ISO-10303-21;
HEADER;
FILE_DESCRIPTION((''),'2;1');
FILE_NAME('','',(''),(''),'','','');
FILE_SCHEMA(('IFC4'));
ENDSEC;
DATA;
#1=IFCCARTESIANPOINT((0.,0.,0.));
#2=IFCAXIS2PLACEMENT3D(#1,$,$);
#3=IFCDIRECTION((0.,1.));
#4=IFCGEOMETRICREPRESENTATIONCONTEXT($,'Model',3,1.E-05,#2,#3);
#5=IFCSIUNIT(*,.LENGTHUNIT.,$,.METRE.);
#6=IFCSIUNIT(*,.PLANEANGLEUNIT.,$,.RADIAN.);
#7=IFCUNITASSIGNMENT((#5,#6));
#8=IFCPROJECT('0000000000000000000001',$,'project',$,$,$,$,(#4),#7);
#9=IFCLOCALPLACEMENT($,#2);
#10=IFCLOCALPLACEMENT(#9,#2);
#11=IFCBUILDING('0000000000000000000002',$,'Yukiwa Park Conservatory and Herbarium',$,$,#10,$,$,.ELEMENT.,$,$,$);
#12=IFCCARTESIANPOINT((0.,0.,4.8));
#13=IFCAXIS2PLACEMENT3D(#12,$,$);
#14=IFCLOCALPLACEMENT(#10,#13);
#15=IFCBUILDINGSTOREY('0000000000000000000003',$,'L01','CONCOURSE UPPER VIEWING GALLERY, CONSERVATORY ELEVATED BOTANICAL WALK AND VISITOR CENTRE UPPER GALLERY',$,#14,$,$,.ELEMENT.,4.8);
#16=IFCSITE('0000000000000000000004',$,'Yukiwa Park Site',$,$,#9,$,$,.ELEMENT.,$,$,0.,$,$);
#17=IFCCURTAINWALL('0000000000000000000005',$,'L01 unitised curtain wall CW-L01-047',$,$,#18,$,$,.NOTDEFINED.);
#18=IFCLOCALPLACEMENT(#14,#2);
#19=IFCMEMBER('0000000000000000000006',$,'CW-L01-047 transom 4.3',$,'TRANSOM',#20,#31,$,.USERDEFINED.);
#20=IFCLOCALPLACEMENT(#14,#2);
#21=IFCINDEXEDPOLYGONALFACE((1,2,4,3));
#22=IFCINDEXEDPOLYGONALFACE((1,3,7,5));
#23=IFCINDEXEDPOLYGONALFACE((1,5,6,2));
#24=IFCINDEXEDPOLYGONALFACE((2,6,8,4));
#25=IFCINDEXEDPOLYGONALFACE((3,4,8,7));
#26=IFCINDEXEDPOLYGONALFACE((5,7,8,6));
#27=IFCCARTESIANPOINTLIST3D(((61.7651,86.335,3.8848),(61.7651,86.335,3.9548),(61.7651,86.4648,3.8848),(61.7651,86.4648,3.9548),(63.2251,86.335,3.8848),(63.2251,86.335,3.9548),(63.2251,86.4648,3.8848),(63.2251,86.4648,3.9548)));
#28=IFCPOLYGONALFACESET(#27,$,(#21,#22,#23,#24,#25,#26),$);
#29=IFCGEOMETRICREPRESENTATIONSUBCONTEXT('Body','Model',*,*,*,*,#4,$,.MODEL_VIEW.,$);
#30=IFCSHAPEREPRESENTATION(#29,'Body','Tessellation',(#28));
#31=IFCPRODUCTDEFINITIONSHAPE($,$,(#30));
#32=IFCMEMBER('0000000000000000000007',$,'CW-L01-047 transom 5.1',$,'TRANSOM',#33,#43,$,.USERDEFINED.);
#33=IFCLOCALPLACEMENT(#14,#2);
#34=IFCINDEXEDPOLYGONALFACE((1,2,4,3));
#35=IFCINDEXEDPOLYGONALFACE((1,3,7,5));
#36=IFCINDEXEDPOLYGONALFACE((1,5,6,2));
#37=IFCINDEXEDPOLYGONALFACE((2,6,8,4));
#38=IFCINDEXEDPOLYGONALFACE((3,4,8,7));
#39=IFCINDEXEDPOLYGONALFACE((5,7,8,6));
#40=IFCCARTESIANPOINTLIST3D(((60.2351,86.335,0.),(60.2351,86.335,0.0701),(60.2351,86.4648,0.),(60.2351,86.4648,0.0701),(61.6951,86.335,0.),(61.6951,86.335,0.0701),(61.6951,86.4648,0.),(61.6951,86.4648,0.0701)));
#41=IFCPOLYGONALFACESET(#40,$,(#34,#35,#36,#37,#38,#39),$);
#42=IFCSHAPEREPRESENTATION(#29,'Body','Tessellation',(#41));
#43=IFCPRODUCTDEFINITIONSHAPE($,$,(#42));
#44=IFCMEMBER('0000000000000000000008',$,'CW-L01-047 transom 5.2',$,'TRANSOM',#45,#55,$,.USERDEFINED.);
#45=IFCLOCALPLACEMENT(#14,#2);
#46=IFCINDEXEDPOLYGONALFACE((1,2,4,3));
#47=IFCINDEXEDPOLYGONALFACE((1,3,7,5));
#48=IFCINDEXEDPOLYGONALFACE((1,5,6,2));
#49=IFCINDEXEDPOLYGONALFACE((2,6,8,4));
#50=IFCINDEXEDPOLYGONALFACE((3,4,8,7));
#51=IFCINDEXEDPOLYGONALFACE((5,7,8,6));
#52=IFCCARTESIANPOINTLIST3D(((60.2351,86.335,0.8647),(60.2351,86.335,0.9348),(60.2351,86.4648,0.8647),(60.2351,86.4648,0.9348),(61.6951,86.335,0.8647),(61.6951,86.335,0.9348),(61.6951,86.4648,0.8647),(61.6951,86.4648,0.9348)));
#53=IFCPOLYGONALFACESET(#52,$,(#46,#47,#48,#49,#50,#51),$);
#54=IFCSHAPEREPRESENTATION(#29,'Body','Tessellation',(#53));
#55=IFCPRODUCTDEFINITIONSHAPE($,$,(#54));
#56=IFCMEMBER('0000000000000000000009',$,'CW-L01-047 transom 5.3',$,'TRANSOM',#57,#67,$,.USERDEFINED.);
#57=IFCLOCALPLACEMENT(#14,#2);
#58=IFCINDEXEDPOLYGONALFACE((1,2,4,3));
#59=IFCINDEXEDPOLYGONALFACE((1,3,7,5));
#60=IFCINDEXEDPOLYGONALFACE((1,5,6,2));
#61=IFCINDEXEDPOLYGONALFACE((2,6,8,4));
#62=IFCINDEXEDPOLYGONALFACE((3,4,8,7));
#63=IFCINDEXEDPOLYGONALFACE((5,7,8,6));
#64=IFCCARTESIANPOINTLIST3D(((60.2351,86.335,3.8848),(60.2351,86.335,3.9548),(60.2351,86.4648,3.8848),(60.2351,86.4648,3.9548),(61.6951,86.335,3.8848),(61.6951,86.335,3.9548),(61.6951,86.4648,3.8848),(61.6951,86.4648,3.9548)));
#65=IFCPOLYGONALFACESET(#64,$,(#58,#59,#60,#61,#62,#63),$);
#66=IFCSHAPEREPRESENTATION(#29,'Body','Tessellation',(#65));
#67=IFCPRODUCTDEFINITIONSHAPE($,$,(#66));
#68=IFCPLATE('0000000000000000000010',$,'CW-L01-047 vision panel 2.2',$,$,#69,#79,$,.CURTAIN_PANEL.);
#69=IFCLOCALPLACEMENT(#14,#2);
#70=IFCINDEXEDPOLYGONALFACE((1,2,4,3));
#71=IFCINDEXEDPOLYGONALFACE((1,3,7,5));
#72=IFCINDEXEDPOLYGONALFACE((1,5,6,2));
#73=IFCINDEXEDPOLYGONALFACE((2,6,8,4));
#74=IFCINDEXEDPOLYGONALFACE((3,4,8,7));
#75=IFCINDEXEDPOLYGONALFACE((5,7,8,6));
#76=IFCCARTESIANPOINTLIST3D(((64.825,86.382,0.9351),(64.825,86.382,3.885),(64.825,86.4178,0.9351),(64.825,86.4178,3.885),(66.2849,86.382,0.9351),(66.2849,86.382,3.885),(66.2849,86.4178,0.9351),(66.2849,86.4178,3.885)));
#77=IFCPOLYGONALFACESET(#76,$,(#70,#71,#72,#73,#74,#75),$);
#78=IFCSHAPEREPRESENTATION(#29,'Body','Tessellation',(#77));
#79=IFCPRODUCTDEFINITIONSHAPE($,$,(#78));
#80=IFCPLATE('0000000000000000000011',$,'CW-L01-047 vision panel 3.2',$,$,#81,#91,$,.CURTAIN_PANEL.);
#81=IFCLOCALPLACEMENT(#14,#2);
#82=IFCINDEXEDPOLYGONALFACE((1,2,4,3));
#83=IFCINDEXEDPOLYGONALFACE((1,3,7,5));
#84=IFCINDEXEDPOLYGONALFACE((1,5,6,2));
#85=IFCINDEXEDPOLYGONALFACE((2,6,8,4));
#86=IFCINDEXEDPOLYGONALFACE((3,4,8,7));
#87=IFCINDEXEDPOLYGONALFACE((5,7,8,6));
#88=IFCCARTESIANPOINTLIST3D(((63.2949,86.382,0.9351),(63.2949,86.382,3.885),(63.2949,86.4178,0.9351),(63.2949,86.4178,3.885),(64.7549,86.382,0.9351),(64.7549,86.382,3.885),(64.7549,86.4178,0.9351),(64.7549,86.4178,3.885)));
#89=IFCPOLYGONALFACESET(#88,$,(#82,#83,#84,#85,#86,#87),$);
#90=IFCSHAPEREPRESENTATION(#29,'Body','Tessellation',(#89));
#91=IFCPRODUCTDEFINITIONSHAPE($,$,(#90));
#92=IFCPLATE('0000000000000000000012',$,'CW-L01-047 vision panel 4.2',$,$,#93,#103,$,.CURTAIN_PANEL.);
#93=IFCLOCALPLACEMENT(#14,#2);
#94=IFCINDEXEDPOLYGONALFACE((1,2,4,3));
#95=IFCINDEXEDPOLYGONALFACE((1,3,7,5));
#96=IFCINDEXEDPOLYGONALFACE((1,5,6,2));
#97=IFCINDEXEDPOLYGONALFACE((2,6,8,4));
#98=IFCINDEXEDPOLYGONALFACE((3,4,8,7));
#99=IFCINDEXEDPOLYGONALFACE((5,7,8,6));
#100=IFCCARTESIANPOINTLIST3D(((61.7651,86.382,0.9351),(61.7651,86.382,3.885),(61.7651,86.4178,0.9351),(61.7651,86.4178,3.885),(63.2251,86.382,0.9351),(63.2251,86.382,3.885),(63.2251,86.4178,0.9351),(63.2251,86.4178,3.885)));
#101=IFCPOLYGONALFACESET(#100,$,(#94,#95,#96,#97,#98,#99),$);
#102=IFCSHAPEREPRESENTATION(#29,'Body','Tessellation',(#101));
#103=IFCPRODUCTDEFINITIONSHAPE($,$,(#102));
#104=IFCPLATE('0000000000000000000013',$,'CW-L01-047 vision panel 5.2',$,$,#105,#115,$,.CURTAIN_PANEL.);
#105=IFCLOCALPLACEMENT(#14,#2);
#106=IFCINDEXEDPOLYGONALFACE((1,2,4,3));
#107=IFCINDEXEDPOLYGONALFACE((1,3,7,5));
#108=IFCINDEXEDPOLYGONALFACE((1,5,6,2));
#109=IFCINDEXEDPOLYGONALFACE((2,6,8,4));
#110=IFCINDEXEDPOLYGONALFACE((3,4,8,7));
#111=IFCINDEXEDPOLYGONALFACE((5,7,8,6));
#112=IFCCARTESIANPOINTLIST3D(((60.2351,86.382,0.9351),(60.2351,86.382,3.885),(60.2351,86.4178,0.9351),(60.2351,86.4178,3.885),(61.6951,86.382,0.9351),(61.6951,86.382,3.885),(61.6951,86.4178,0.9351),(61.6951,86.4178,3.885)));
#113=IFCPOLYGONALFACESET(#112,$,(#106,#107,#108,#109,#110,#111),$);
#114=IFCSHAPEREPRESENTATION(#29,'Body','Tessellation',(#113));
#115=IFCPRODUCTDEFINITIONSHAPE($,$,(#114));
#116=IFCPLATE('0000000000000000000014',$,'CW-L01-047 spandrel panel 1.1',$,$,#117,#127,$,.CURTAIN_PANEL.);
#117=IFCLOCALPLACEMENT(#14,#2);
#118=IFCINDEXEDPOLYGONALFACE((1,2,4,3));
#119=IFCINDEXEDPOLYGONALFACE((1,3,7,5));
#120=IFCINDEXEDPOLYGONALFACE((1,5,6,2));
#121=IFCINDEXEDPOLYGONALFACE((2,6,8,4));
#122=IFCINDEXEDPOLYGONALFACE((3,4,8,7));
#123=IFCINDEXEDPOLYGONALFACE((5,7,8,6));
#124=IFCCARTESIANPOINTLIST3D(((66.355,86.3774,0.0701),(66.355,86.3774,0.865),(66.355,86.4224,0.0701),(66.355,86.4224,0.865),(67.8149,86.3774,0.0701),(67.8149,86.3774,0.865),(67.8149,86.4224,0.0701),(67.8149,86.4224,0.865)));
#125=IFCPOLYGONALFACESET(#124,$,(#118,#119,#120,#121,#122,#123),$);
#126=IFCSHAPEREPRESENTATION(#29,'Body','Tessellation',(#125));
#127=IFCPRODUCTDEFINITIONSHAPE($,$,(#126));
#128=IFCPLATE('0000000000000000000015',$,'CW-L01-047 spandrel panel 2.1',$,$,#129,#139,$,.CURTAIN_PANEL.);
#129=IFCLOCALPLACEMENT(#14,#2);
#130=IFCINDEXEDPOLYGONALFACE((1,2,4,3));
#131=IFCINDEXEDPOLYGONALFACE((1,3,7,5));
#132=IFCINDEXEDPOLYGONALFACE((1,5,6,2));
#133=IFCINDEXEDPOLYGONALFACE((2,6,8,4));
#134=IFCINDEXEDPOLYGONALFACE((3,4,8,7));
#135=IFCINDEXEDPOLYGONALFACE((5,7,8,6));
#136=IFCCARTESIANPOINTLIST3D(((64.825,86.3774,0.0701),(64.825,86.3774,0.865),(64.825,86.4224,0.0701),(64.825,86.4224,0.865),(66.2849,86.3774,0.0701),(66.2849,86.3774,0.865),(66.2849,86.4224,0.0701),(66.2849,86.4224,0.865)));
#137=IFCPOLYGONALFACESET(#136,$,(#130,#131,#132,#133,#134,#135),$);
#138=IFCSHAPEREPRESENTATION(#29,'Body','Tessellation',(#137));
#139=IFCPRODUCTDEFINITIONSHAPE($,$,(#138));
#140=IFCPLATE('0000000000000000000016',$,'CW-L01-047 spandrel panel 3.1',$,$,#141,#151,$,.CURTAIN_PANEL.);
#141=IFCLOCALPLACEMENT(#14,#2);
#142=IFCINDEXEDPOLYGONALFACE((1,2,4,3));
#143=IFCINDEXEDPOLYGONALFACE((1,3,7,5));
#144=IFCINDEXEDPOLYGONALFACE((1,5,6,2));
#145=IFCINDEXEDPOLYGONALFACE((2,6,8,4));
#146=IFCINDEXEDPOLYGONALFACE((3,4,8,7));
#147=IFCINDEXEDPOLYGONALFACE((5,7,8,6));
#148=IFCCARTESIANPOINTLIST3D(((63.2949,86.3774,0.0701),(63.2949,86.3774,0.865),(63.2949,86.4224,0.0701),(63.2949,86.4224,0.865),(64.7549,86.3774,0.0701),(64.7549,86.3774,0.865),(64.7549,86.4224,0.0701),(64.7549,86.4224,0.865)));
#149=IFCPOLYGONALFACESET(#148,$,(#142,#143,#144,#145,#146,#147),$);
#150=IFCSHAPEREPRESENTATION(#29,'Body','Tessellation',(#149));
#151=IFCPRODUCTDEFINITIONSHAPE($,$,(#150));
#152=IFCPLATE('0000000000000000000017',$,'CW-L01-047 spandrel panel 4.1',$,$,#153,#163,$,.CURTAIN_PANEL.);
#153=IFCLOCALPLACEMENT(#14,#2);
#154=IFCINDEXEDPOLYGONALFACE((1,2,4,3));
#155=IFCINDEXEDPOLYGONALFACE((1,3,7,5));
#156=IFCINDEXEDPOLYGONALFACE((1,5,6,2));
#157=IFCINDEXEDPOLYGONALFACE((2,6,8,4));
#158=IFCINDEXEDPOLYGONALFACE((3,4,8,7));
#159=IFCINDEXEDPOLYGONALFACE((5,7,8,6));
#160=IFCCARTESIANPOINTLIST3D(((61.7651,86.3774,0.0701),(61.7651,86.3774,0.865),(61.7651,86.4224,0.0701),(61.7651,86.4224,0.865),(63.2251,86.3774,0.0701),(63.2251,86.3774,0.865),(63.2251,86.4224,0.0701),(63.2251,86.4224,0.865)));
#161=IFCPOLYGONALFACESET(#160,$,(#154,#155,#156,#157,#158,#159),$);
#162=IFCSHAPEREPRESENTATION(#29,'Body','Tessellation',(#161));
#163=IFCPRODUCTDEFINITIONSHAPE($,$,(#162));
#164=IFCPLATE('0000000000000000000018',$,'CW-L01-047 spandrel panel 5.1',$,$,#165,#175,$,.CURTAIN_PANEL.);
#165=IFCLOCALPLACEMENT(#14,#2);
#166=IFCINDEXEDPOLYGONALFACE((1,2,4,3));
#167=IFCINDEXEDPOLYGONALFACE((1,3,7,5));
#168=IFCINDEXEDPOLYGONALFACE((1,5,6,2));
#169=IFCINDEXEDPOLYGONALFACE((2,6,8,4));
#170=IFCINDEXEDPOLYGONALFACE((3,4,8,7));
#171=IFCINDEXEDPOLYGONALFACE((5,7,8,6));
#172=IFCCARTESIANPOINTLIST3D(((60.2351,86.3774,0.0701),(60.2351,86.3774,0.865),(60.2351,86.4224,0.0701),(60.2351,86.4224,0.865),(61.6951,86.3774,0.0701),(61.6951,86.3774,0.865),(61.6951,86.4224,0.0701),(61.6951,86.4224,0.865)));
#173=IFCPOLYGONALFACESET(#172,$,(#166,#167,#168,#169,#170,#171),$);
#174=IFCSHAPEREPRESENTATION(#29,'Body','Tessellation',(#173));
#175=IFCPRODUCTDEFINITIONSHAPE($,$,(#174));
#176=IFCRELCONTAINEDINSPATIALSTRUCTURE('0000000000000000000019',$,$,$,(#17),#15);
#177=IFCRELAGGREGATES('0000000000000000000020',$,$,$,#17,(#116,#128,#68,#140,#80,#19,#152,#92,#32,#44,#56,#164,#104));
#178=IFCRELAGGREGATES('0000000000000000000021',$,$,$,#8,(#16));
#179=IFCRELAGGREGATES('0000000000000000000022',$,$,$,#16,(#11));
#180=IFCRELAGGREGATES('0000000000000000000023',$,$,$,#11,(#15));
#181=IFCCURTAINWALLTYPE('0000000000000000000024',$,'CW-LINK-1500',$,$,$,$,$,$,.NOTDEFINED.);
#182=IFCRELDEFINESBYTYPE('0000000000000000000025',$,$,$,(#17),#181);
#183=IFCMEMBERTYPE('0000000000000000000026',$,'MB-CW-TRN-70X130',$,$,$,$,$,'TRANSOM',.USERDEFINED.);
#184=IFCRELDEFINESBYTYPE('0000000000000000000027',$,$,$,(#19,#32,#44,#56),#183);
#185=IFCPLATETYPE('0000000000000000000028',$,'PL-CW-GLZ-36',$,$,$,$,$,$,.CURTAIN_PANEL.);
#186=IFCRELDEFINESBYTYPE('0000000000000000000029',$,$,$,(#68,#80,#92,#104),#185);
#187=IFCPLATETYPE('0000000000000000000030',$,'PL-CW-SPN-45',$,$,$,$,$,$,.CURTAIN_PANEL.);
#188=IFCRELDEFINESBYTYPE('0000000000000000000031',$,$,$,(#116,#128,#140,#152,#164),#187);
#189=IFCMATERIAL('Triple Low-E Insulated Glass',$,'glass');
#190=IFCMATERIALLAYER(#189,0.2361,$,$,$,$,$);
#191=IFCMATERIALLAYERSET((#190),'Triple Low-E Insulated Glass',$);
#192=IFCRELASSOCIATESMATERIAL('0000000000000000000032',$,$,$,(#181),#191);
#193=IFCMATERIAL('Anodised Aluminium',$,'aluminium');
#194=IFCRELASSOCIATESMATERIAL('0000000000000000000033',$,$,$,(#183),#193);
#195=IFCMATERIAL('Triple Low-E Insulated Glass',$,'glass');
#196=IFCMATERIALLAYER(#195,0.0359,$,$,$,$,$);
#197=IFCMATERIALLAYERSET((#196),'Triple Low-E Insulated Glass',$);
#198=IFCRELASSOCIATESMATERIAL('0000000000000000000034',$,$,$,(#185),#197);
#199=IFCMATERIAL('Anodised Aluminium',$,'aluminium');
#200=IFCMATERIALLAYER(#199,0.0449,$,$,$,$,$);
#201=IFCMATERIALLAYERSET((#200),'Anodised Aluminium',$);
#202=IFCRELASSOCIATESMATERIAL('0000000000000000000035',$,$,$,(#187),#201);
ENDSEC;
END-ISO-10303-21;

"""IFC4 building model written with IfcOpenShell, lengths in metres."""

from ifc_helpers import new_model, si_unit, direction, frame, origin, origin_2d, place, context, subcontext, project, spatial, rectangle, extrude, material, layer, layer_set, type_object, element, aggregate, save


model = new_model("IFC4")

# Units and contexts
model_context = context("Model", 3, precision=1e-05, world=origin(), true_north=direction((0.0, 1.0)))
body_context = subcontext(model_context, "Body", "Model", "MODEL_VIEW")
ifc_project = project(units=[si_unit("LENGTHUNIT", "METRE"), si_unit("PLANEANGLEUNIT", "RADIAN")], contexts=[model_context])

# Site, building, storey
site_placement = place(None, origin())
site = spatial("IfcSite", under=ifc_project, at=site_placement, Name="Yukiwa Park Site", CompositionType="ELEMENT", RefElevation=0.0)
building_placement = place(site_placement, origin())
building = spatial("IfcBuilding", under=site, at=building_placement, Name="Yukiwa Park Conservatory and Herbarium", CompositionType="ELEMENT")
storey_placement = place(building_placement, frame((0.0, 0.0, 4.8)))
storey = spatial("IfcBuildingStorey", under=building, at=storey_placement, Name="L01", Description="CONCOURSE UPPER VIEWING GALLERY, CONSERVATORY ELEVATED BOTANICAL WALK AND VISITOR CENTRE UPPER GALLERY", CompositionType="ELEMENT", Elevation=4.8)

# Curtain wall, members, plates
ifc_material_1 = material(Name="Triple Low-E Insulated Glass", Category="glass")
ifc_layer_1 = layer(ifc_material_1, 0.2361)
ifc_layer_set_1 = layer_set([ifc_layer_1], Name="Triple Low-E Insulated Glass")
curtain_wall_type = type_object("IfcCurtainWallType", Name="CW-LINK-1500", PredefinedType="NOTDEFINED", material=ifc_layer_set_1)
curtain_wall_placement = place(storey_placement, origin())
curtain_wall = element("IfcCurtainWall", 1, at=curtain_wall_placement, inside=storey, type_object=curtain_wall_type, Name="L01 unitised curtain wall CW-L01-047", PredefinedType="NOTDEFINED")
ifc_material_2 = material(Name="Anodised Aluminium", Category="aluminium")
member_type_1 = type_object("IfcMemberType", Name="MB-CW-TRN-70X130", ElementType="TRANSOM", PredefinedType="USERDEFINED", material=ifc_material_2)
member_1_placement = place(storey_placement, frame((62.4951, 86.3999, 3.8848), z_axis=(0.0, 0.0, 1.0), x_axis=(-1.0, 0.0, 0.0)))
member_1 = element("IfcMember", 2, at=member_1_placement, type_object=member_type_1, Name="CW-L01-047 transom 4.3", ObjectType="TRANSOM", PredefinedType="USERDEFINED", context=body_context, shape_type="SweptSolid", body=[
    extrude(rectangle(XDim=1.46, YDim=0.1299, at=origin_2d()), origin(), (0.0, 0.0, 1.0), 0.0701),
])
member_2_placement = place(storey_placement, frame((60.9651, 86.3999, 0.0), z_axis=(0.0, 0.0, 1.0), x_axis=(-1.0, 0.0, 0.0)))
member_2 = element("IfcMember", 3, at=member_2_placement, type_object=member_type_1, Name="CW-L01-047 transom 5.1", ObjectType="TRANSOM", PredefinedType="USERDEFINED", context=body_context, shape_type="SweptSolid", body=[
    extrude(rectangle(XDim=1.46, YDim=0.1299, at=origin_2d()), origin(), (0.0, 0.0, 1.0), 0.0701),
])
member_3_placement = place(storey_placement, frame((60.9651, 86.3999, 0.8647), z_axis=(0.0, 0.0, 1.0), x_axis=(-1.0, 0.0, 0.0)))
member_3 = element("IfcMember", 4, at=member_3_placement, type_object=member_type_1, Name="CW-L01-047 transom 5.2", ObjectType="TRANSOM", PredefinedType="USERDEFINED", context=body_context, shape_type="SweptSolid", body=[
    extrude(rectangle(XDim=1.46, YDim=0.1299, at=origin_2d()), origin(), (0.0, 0.0, 1.0), 0.0701),
])
member_4_placement = place(storey_placement, frame((60.9651, 86.3999, 3.8848), z_axis=(0.0, 0.0, 1.0), x_axis=(-1.0, 0.0, 0.0)))
member_4 = element("IfcMember", 5, at=member_4_placement, type_object=member_type_1, Name="CW-L01-047 transom 5.3", ObjectType="TRANSOM", PredefinedType="USERDEFINED", context=body_context, shape_type="SweptSolid", body=[
    extrude(rectangle(XDim=1.46, YDim=0.1299, at=origin_2d()), origin(), (0.0, 0.0, 1.0), 0.0701),
])
ifc_material_3 = material(Name="Triple Low-E Insulated Glass", Category="glass")
ifc_layer_2 = layer(ifc_material_3, 0.0359)
ifc_layer_set_2 = layer_set([ifc_layer_2], Name="Triple Low-E Insulated Glass")
plate_type_1 = type_object("IfcPlateType", Name="PL-CW-GLZ-36", PredefinedType="CURTAIN_PANEL", material=ifc_layer_set_2)
plate_1_placement = place(storey_placement, frame((65.5549, 86.3999, 0.9351), z_axis=(0.0, 0.0, 1.0), x_axis=(-1.0, 0.0, 0.0)))
plate_1 = element("IfcPlate", 6, at=plate_1_placement, type_object=plate_type_1, Name="CW-L01-047 vision panel 2.2", PredefinedType="CURTAIN_PANEL", context=body_context, shape_type="SweptSolid", body=[
    extrude(rectangle(XDim=1.46, YDim=0.0359, at=origin_2d()), origin(), (0.0, 0.0, 1.0), 2.95),
])
plate_2_placement = place(storey_placement, frame((64.0249, 86.3999, 0.9351), z_axis=(0.0, 0.0, 1.0), x_axis=(-1.0, 0.0, 0.0)))
plate_2 = element("IfcPlate", 7, at=plate_2_placement, type_object=plate_type_1, Name="CW-L01-047 vision panel 3.2", PredefinedType="CURTAIN_PANEL", context=body_context, shape_type="SweptSolid", body=[
    extrude(rectangle(XDim=1.46, YDim=0.0359, at=origin_2d()), origin(), (0.0, 0.0, 1.0), 2.95),
])
plate_3_placement = place(storey_placement, frame((62.4951, 86.3999, 0.9351), z_axis=(0.0, 0.0, 1.0), x_axis=(-1.0, 0.0, 0.0)))
plate_3 = element("IfcPlate", 8, at=plate_3_placement, type_object=plate_type_1, Name="CW-L01-047 vision panel 4.2", PredefinedType="CURTAIN_PANEL", context=body_context, shape_type="SweptSolid", body=[
    extrude(rectangle(XDim=1.46, YDim=0.0359, at=origin_2d()), origin(), (0.0, 0.0, 1.0), 2.95),
])
plate_4_placement = place(storey_placement, frame((60.9651, 86.3999, 0.9351), z_axis=(0.0, 0.0, 1.0), x_axis=(-1.0, 0.0, 0.0)))
plate_4 = element("IfcPlate", 9, at=plate_4_placement, type_object=plate_type_1, Name="CW-L01-047 vision panel 5.2", PredefinedType="CURTAIN_PANEL", context=body_context, shape_type="SweptSolid", body=[
    extrude(rectangle(XDim=1.46, YDim=0.0359, at=origin_2d()), origin(), (0.0, 0.0, 1.0), 2.95),
])
ifc_material_4 = material(Name="Anodised Aluminium", Category="aluminium")
ifc_layer_3 = layer(ifc_material_4, 0.0449)
ifc_layer_set_3 = layer_set([ifc_layer_3], Name="Anodised Aluminium")
plate_type_2 = type_object("IfcPlateType", Name="PL-CW-SPN-45", PredefinedType="CURTAIN_PANEL", material=ifc_layer_set_3)
plate_5_placement = place(storey_placement, frame((67.085, 86.3999, 0.0701), z_axis=(0.0, 0.0, 1.0), x_axis=(-1.0, 0.0, 0.0)))
plate_5 = element("IfcPlate", 10, at=plate_5_placement, type_object=plate_type_2, Name="CW-L01-047 spandrel panel 1.1", PredefinedType="CURTAIN_PANEL", context=body_context, shape_type="SweptSolid", body=[
    extrude(rectangle(XDim=1.46, YDim=0.0449, at=origin_2d()), origin(), (0.0, 0.0, 1.0), 0.7949),
])
plate_6_placement = place(storey_placement, frame((65.5549, 86.3999, 0.0701), z_axis=(0.0, 0.0, 1.0), x_axis=(-1.0, 0.0, 0.0)))
plate_6 = element("IfcPlate", 11, at=plate_6_placement, type_object=plate_type_2, Name="CW-L01-047 spandrel panel 2.1", PredefinedType="CURTAIN_PANEL", context=body_context, shape_type="SweptSolid", body=[
    extrude(rectangle(XDim=1.46, YDim=0.0449, at=origin_2d()), origin(), (0.0, 0.0, 1.0), 0.7949),
])
plate_7_placement = place(storey_placement, frame((64.0249, 86.3999, 0.0701), z_axis=(0.0, 0.0, 1.0), x_axis=(-1.0, 0.0, 0.0)))
plate_7 = element("IfcPlate", 12, at=plate_7_placement, type_object=plate_type_2, Name="CW-L01-047 spandrel panel 3.1", PredefinedType="CURTAIN_PANEL", context=body_context, shape_type="SweptSolid", body=[
    extrude(rectangle(XDim=1.46, YDim=0.0449, at=origin_2d()), origin(), (0.0, 0.0, 1.0), 0.7949),
])
plate_8_placement = place(storey_placement, frame((62.4951, 86.3999, 0.0701), z_axis=(0.0, 0.0, 1.0), x_axis=(-1.0, 0.0, 0.0)))
plate_8 = element("IfcPlate", 13, at=plate_8_placement, type_object=plate_type_2, Name="CW-L01-047 spandrel panel 4.1", PredefinedType="CURTAIN_PANEL", context=body_context, shape_type="SweptSolid", body=[
    extrude(rectangle(XDim=1.46, YDim=0.0449, at=origin_2d()), origin(), (0.0, 0.0, 1.0), 0.7949),
])
plate_9_placement = place(storey_placement, frame((60.9651, 86.3999, 0.0701), z_axis=(0.0, 0.0, 1.0), x_axis=(-1.0, 0.0, 0.0)))
plate_9 = element("IfcPlate", 14, at=plate_9_placement, type_object=plate_type_2, Name="CW-L01-047 spandrel panel 5.1", PredefinedType="CURTAIN_PANEL", context=body_context, shape_type="SweptSolid", body=[
    extrude(rectangle(XDim=1.46, YDim=0.0449, at=origin_2d()), origin(), (0.0, 0.0, 1.0), 0.7949),
])
aggregate(curtain_wall, [plate_5, plate_6, plate_1, plate_7, plate_2, member_1, plate_8, plate_3, member_2, member_3, member_4, plate_9, plate_4])

save(model, "model.ifc")
